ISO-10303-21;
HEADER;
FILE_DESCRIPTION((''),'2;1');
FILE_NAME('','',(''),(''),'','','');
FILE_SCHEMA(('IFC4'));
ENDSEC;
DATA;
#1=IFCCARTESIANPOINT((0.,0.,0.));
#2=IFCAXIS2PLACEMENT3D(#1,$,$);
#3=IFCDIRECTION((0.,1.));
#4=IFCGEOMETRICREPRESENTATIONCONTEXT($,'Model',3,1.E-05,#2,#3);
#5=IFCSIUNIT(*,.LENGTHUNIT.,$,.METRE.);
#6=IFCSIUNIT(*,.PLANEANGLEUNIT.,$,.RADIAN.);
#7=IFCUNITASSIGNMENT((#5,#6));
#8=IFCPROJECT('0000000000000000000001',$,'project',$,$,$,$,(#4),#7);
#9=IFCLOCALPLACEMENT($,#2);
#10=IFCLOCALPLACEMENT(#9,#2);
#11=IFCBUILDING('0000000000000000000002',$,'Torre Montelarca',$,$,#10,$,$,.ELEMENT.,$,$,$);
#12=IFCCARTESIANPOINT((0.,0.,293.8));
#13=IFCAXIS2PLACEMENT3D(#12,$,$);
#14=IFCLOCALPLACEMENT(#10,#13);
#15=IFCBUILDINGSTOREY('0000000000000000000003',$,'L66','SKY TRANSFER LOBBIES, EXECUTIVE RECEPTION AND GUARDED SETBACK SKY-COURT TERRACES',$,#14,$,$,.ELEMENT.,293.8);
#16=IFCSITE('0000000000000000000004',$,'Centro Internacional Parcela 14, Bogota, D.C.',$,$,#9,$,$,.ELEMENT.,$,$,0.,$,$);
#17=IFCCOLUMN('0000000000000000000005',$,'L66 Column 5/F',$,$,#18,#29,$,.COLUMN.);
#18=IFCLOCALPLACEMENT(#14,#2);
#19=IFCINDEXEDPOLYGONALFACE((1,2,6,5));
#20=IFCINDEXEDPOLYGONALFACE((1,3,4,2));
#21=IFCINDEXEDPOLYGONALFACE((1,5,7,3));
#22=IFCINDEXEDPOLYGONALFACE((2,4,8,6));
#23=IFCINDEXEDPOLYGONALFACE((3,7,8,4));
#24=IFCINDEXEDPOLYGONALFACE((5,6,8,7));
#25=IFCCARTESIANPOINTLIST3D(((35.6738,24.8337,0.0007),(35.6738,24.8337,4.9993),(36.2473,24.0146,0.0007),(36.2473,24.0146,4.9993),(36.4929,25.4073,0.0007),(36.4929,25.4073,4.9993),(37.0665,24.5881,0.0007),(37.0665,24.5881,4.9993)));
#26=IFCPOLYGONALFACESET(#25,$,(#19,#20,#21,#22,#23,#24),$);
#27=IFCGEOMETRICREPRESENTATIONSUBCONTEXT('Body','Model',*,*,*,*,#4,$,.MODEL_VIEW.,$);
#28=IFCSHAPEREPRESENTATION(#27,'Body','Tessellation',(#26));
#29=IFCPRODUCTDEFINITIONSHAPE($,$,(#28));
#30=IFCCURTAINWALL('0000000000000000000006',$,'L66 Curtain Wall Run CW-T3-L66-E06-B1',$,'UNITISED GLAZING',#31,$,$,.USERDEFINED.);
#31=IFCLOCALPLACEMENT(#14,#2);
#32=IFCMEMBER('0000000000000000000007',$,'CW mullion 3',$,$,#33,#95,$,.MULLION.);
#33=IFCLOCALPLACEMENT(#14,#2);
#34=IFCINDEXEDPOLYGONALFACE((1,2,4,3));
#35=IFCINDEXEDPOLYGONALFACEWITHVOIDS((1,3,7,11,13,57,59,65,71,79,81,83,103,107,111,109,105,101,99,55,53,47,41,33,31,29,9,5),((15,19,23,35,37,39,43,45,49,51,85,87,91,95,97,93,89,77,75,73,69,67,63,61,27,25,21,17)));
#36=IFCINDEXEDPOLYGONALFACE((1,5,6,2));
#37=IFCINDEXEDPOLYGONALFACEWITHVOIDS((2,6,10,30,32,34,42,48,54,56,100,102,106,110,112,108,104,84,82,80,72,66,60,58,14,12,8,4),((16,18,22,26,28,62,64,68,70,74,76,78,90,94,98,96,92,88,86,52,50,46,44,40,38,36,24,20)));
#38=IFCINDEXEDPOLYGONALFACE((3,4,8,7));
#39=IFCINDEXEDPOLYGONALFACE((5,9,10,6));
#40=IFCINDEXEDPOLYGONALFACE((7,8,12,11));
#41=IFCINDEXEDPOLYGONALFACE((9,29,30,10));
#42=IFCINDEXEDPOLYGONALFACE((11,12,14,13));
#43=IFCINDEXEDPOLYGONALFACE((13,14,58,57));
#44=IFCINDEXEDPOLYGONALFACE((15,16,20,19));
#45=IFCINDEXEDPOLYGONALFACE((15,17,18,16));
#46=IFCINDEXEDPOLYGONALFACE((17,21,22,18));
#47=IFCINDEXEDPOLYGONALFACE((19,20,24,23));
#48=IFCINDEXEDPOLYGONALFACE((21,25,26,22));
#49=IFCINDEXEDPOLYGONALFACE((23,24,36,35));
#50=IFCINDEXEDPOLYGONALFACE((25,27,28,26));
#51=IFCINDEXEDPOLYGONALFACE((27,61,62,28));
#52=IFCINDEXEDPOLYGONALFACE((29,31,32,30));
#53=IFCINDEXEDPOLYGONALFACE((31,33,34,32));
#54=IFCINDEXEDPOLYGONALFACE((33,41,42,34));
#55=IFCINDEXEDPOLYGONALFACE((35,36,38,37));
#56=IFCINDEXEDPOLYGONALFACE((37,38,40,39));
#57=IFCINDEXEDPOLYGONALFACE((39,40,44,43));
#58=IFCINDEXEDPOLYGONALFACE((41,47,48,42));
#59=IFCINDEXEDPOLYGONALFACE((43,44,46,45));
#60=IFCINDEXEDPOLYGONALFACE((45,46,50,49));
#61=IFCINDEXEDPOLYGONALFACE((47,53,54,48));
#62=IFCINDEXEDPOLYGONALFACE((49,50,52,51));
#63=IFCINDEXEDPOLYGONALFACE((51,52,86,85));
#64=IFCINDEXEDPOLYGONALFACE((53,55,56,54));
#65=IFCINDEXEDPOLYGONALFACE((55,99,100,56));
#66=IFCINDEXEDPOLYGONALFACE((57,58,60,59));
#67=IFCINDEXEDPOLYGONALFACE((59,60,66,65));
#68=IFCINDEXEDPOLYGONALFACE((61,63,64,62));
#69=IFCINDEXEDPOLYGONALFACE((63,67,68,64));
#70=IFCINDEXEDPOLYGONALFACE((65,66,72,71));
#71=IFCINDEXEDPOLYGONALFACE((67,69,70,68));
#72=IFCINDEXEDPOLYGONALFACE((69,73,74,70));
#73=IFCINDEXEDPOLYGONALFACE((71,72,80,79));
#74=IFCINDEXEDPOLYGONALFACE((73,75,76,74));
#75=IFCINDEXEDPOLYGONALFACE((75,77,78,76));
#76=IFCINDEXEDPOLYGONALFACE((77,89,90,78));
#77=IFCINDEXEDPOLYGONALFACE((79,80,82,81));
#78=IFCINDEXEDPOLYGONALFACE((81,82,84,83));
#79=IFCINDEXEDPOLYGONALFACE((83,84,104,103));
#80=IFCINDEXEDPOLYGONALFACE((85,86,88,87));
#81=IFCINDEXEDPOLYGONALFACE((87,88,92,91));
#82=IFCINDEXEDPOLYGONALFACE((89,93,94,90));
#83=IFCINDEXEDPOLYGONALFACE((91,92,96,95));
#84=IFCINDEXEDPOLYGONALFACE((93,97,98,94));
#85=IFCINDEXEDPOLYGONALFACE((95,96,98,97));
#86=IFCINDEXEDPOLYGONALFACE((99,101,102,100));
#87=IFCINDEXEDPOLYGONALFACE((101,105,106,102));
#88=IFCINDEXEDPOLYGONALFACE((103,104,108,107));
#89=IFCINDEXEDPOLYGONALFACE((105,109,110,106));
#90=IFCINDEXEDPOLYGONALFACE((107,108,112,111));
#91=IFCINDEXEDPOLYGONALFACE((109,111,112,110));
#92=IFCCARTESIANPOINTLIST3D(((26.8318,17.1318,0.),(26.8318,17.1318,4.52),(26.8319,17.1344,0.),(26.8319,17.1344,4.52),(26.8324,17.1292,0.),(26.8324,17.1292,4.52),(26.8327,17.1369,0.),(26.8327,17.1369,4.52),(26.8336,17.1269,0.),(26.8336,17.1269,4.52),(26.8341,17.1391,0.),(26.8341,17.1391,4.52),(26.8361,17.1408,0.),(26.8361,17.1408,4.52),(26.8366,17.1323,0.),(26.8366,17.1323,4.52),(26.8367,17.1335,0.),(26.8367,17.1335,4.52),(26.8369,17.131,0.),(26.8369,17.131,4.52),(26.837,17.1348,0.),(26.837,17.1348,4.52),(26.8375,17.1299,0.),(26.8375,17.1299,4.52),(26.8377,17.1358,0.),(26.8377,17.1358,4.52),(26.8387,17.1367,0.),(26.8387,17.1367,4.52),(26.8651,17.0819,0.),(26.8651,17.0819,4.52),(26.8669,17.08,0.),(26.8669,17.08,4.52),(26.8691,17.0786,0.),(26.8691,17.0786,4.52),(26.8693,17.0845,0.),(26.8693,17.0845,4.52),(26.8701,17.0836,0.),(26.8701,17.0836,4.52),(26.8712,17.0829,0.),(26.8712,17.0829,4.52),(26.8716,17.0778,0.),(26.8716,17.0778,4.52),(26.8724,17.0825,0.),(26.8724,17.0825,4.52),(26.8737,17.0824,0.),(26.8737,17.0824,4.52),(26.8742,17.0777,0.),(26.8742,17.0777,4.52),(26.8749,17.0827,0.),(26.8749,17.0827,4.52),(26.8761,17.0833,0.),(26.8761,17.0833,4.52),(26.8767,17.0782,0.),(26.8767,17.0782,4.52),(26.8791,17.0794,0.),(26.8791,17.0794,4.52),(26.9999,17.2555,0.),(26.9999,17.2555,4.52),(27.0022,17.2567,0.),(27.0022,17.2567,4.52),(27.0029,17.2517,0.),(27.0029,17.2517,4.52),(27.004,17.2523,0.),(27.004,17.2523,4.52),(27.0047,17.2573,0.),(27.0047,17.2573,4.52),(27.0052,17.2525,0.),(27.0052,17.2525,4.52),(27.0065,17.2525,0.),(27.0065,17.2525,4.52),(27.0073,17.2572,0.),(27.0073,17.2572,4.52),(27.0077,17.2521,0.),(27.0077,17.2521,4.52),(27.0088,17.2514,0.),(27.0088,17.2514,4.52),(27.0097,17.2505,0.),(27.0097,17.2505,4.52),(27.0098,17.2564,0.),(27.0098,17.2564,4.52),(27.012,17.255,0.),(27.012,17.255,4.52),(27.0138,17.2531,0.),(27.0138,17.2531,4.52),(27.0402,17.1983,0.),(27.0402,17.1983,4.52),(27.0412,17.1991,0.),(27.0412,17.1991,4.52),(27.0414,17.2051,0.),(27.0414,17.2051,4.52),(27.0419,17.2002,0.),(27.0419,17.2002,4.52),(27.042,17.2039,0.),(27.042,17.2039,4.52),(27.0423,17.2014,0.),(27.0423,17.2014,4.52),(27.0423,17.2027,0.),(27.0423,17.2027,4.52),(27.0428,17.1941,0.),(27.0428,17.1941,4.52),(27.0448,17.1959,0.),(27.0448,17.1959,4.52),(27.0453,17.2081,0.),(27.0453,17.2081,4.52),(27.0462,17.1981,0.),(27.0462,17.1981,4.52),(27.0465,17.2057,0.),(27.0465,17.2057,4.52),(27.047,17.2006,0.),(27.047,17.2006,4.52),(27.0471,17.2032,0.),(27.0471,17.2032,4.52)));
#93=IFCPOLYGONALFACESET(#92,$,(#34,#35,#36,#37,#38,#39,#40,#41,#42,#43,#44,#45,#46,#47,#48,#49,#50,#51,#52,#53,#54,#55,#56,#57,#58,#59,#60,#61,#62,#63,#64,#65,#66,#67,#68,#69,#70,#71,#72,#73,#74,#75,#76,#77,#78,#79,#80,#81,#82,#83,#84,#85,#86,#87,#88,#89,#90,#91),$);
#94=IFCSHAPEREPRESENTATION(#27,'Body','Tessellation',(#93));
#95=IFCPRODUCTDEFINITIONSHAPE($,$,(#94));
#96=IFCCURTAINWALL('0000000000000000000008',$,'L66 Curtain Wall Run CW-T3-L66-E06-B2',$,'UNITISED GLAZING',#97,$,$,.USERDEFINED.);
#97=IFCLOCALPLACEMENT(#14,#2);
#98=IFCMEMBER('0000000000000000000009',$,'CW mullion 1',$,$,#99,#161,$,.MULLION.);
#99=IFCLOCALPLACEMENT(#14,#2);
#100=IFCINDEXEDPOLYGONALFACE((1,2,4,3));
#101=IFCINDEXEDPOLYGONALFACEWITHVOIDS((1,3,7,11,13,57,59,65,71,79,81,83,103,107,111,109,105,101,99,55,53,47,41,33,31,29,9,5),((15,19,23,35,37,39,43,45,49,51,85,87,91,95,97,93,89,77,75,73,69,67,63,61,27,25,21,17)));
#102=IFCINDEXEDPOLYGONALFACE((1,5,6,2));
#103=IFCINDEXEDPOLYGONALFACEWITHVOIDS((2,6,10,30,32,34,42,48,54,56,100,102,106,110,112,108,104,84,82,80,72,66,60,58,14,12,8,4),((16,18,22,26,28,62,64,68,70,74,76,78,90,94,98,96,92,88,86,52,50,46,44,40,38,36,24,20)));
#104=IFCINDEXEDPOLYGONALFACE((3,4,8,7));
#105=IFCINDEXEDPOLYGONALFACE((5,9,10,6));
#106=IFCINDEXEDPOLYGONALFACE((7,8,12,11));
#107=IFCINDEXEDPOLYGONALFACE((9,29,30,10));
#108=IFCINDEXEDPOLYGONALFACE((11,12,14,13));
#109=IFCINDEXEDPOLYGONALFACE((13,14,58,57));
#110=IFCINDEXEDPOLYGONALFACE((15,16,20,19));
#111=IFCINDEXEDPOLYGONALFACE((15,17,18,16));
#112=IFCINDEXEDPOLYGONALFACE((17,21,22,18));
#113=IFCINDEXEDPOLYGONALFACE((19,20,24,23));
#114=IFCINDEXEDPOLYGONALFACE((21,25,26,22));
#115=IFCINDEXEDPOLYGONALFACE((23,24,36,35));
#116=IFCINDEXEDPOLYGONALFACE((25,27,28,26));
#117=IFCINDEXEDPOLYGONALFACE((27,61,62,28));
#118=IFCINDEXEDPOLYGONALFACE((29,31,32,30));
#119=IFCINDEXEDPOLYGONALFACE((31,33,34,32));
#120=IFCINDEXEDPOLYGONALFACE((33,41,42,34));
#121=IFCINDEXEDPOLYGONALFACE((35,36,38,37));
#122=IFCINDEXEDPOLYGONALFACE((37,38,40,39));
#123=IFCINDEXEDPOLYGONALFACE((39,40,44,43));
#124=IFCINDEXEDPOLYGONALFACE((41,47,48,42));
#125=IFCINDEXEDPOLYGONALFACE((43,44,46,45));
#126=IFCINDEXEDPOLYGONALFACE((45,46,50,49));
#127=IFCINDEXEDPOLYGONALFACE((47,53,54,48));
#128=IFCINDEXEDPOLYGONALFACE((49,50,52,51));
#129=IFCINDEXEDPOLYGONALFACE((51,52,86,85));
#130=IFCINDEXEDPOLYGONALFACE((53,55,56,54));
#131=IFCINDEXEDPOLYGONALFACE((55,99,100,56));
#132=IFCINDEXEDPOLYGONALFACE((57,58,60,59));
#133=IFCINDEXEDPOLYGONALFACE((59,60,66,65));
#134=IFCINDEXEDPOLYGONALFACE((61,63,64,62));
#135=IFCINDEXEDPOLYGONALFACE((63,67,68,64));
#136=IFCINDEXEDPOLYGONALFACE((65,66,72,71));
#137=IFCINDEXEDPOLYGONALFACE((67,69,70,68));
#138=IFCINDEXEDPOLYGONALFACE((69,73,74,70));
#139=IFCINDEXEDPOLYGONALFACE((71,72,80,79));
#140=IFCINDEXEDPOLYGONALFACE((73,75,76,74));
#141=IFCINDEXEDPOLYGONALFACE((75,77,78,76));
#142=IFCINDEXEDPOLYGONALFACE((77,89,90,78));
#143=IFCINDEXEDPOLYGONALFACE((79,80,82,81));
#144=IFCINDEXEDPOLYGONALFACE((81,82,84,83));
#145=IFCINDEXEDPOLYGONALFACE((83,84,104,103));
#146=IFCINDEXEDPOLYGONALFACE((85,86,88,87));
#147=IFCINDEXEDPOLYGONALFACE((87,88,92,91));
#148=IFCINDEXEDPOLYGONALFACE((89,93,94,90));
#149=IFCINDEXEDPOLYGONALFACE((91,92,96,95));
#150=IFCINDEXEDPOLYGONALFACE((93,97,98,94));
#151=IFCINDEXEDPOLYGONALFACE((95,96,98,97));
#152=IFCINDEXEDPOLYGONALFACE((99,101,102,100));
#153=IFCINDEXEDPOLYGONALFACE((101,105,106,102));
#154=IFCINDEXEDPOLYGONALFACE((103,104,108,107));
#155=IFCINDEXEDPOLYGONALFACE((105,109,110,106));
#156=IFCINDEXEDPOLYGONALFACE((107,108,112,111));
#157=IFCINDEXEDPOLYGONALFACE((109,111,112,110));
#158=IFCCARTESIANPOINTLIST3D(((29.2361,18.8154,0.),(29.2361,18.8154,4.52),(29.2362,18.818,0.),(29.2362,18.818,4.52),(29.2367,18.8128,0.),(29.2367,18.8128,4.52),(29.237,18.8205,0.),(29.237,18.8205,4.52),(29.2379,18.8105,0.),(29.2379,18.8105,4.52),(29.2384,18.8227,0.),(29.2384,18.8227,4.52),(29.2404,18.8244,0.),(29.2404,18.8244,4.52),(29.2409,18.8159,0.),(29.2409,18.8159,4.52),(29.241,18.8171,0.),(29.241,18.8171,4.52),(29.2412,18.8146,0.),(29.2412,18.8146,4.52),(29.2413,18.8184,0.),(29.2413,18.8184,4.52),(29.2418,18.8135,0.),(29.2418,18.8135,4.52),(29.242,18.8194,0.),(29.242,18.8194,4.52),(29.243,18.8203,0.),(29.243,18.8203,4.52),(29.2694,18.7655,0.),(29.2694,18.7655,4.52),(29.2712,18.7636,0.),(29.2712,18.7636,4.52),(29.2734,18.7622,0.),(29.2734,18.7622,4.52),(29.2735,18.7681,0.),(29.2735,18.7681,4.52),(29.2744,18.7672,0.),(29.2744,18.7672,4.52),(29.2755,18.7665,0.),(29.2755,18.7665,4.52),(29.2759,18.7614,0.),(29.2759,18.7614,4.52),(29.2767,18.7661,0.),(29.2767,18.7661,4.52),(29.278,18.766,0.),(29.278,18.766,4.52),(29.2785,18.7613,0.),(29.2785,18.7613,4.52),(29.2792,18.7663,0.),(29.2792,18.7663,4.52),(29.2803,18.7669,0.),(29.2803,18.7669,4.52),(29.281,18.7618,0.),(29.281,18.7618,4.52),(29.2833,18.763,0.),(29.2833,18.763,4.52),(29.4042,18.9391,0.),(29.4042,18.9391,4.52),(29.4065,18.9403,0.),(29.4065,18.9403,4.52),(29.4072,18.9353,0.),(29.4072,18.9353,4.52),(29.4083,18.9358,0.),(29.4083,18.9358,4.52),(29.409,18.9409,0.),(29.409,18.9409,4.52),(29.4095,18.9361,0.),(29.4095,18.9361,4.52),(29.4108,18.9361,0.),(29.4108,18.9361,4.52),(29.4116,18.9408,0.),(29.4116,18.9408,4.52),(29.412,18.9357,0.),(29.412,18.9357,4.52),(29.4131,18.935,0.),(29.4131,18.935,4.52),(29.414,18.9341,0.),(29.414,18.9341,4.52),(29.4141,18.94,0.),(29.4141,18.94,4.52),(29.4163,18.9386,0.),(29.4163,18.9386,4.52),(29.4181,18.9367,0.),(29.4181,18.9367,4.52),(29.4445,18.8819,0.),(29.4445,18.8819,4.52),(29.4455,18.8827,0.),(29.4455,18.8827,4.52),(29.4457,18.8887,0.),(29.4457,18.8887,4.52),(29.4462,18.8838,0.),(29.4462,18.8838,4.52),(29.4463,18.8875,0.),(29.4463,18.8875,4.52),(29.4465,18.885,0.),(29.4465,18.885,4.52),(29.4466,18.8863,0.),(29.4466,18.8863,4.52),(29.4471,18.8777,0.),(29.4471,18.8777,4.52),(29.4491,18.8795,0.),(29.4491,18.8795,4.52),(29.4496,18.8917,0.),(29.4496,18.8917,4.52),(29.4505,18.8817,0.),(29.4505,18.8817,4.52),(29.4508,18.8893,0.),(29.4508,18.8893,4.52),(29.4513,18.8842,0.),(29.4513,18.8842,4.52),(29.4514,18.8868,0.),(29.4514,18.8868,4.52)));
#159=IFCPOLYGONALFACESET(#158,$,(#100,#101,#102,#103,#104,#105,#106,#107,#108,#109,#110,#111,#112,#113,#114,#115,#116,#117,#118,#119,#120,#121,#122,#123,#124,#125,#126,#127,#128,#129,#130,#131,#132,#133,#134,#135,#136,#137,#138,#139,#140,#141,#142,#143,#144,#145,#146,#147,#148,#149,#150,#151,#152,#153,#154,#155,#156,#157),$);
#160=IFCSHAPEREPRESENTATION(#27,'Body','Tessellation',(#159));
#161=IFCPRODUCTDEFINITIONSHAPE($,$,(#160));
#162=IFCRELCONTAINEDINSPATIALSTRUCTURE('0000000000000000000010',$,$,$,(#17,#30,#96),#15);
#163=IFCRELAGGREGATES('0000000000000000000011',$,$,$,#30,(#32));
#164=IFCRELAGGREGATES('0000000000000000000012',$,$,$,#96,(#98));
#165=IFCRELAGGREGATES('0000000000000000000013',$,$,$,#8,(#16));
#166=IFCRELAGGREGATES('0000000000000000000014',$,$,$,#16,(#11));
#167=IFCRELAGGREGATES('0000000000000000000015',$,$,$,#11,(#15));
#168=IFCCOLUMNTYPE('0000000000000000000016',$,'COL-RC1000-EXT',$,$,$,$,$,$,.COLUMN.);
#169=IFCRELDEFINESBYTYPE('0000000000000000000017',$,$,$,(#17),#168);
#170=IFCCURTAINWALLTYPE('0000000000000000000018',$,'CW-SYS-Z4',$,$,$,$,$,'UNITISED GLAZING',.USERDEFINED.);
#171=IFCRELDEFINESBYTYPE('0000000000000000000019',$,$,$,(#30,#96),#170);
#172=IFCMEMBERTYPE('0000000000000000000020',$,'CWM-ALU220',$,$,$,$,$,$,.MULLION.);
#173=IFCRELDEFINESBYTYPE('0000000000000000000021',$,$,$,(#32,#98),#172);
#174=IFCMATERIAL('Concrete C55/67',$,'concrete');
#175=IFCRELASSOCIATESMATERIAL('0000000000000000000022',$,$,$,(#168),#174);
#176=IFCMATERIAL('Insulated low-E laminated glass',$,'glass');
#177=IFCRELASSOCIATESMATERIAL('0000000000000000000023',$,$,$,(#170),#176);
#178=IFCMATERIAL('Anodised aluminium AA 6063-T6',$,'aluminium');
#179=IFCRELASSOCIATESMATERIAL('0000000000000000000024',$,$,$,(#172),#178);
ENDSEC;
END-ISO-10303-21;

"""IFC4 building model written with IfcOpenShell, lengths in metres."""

from ifc_helpers import new_model, si_unit, direction, frame, origin, origin_2d, place, context, subcontext, project, spatial, rectangle, hollow_rectangle, extrude, source, transform, mapped, material, material_profile, profile_set, type_object, element, aggregate, save


model = new_model("IFC4")

# Units and contexts
model_context = context("Model", 3, precision=1e-05, world=origin(), true_north=direction((0.0, 1.0)))
body_context = subcontext(model_context, "Body", "Model", "MODEL_VIEW")
ifc_project = project(units=[si_unit("LENGTHUNIT", "METRE"), si_unit("PLANEANGLEUNIT", "RADIAN")], contexts=[model_context])

# Site, building, storey
site_placement = place(None, origin())
site = spatial("IfcSite", under=ifc_project, at=site_placement, Name="Centro Internacional Parcela 14, Bogota, D.C.", CompositionType="ELEMENT", RefElevation=0.0)
building_placement = place(site_placement, origin())
building = spatial("IfcBuilding", under=site, at=building_placement, Name="Torre Montelarca", CompositionType="ELEMENT")
storey_placement = place(building_placement, frame((0.0, 0.0, 293.8)))
storey = spatial("IfcBuildingStorey", under=building, at=storey_placement, Name="L66", Description="SKY TRANSFER LOBBIES, EXECUTIVE RECEPTION AND GUARDED SETBACK SKY-COURT TERRACES", CompositionType="ELEMENT", Elevation=293.8)

# Column
ifc_material_1 = material(Name="Concrete C55/67", Category="concrete")
ifc_material_profile_1 = material_profile(ifc_material_1, rectangle(XDim=1.0, YDim=1.0, at=origin_2d()), Name="RC1000X1000", Category="concrete")
ifc_profile_set_1 = profile_set([ifc_material_profile_1], Name="Concrete C55/67")
column_type = type_object("IfcColumnType", Name="COL-RC1000-EXT", PredefinedType="COLUMN", material=ifc_profile_set_1)
shared_shape_1 = source(origin(), body_context, "Body", "SweptSolid", [
    extrude(rectangle(XDim=1.0, YDim=1.0, at=origin_2d()), origin(), (0.0, 0.0, 1.0), 4.9985),
])
column_placement = place(storey_placement, frame((36.3701, 24.7109, 0.0007), z_axis=(0.0, 0.0, 1.0), x_axis=(-0.573576, 0.819152, 0.0)))
element("IfcColumn", 1, at=column_placement, inside=storey, type_object=column_type, Name="L66 Column 5/F", PredefinedType="COLUMN", context=body_context, shape_type="MappedRepresentation", body=[
    mapped(shared_shape_1, transform((0.0, 0.0, 0.0), scale=1.0)),
])

# Curtain wall, member
ifc_material_2 = material(Name="Insulated low-E laminated glass", Category="glass")
curtain_wall_type = type_object("IfcCurtainWallType", Name="CW-SYS-Z4", ElementType="UNITISED GLAZING", PredefinedType="USERDEFINED", material=ifc_material_2)
curtain_wall_1_placement = place(storey_placement, origin())
curtain_wall_1 = element("IfcCurtainWall", 2, at=curtain_wall_1_placement, inside=storey, type_object=curtain_wall_type, Name="L66 Curtain Wall Run CW-T3-L66-E06-B1", ObjectType="UNITISED GLAZING", PredefinedType="USERDEFINED")
ifc_material_3 = material(Name="Anodised aluminium AA 6063-T6", Category="aluminium")
ifc_material_profile_2 = material_profile(ifc_material_3, hollow_rectangle(XDim=0.075, YDim=0.22, WallThickness=0.0049, InnerFilletRadius=0.0049, OuterFilletRadius=0.01, at=origin_2d()), Name="ALU75X220X5", Category="aluminium")
ifc_profile_set_2 = profile_set([ifc_material_profile_2], Name="Anodised aluminium AA 6063-T6")
member_type_1 = type_object("IfcMemberType", Name="CWM-ALU220", PredefinedType="MULLION", material=ifc_profile_set_2)
shared_shape_2 = source(origin(), body_context, "Body", "SweptSolid", [
    extrude(hollow_rectangle(XDim=0.075, YDim=0.22, WallThickness=0.0049, InnerFilletRadius=0.0049, OuterFilletRadius=0.01, at=origin_2d()), origin(), (0.0, 0.0, 1.0), 4.52),
])
member_1_placement = place(storey_placement, frame((26.9395, 17.1675, 0.0), z_axis=(0.0, 0.0, 1.0), x_axis=(-0.573565, 0.81916, 0.0)))
member_1 = element("IfcMember", 3, at=member_1_placement, type_object=member_type_1, Name="CW mullion 3", PredefinedType="MULLION", context=body_context, shape_type="MappedRepresentation", body=[
    mapped(shared_shape_2, transform((0.0, 0.0, 0.0), scale=1.0)),
])
aggregate(curtain_wall_1, [member_1])

# Curtain wall, member
curtain_wall_2_placement = place(storey_placement, origin())
curtain_wall_2 = element("IfcCurtainWall", 4, at=curtain_wall_2_placement, inside=storey, type_object=curtain_wall_type, Name="L66 Curtain Wall Run CW-T3-L66-E06-B2", ObjectType="UNITISED GLAZING", PredefinedType="USERDEFINED")
member_2_placement = place(storey_placement, frame((29.3438, 18.8511, 0.0), z_axis=(0.0, 0.0, 1.0), x_axis=(-0.573569, 0.819157, 0.0)))
member_2 = element("IfcMember", 5, at=member_2_placement, type_object=member_type_1, Name="CW mullion 1", PredefinedType="MULLION", context=body_context, shape_type="MappedRepresentation", body=[
    mapped(shared_shape_2, transform((0.0, 0.0, 0.0), scale=1.0)),
])

aggregate(curtain_wall_2, [member_2])

save(model, "model.ifc")
